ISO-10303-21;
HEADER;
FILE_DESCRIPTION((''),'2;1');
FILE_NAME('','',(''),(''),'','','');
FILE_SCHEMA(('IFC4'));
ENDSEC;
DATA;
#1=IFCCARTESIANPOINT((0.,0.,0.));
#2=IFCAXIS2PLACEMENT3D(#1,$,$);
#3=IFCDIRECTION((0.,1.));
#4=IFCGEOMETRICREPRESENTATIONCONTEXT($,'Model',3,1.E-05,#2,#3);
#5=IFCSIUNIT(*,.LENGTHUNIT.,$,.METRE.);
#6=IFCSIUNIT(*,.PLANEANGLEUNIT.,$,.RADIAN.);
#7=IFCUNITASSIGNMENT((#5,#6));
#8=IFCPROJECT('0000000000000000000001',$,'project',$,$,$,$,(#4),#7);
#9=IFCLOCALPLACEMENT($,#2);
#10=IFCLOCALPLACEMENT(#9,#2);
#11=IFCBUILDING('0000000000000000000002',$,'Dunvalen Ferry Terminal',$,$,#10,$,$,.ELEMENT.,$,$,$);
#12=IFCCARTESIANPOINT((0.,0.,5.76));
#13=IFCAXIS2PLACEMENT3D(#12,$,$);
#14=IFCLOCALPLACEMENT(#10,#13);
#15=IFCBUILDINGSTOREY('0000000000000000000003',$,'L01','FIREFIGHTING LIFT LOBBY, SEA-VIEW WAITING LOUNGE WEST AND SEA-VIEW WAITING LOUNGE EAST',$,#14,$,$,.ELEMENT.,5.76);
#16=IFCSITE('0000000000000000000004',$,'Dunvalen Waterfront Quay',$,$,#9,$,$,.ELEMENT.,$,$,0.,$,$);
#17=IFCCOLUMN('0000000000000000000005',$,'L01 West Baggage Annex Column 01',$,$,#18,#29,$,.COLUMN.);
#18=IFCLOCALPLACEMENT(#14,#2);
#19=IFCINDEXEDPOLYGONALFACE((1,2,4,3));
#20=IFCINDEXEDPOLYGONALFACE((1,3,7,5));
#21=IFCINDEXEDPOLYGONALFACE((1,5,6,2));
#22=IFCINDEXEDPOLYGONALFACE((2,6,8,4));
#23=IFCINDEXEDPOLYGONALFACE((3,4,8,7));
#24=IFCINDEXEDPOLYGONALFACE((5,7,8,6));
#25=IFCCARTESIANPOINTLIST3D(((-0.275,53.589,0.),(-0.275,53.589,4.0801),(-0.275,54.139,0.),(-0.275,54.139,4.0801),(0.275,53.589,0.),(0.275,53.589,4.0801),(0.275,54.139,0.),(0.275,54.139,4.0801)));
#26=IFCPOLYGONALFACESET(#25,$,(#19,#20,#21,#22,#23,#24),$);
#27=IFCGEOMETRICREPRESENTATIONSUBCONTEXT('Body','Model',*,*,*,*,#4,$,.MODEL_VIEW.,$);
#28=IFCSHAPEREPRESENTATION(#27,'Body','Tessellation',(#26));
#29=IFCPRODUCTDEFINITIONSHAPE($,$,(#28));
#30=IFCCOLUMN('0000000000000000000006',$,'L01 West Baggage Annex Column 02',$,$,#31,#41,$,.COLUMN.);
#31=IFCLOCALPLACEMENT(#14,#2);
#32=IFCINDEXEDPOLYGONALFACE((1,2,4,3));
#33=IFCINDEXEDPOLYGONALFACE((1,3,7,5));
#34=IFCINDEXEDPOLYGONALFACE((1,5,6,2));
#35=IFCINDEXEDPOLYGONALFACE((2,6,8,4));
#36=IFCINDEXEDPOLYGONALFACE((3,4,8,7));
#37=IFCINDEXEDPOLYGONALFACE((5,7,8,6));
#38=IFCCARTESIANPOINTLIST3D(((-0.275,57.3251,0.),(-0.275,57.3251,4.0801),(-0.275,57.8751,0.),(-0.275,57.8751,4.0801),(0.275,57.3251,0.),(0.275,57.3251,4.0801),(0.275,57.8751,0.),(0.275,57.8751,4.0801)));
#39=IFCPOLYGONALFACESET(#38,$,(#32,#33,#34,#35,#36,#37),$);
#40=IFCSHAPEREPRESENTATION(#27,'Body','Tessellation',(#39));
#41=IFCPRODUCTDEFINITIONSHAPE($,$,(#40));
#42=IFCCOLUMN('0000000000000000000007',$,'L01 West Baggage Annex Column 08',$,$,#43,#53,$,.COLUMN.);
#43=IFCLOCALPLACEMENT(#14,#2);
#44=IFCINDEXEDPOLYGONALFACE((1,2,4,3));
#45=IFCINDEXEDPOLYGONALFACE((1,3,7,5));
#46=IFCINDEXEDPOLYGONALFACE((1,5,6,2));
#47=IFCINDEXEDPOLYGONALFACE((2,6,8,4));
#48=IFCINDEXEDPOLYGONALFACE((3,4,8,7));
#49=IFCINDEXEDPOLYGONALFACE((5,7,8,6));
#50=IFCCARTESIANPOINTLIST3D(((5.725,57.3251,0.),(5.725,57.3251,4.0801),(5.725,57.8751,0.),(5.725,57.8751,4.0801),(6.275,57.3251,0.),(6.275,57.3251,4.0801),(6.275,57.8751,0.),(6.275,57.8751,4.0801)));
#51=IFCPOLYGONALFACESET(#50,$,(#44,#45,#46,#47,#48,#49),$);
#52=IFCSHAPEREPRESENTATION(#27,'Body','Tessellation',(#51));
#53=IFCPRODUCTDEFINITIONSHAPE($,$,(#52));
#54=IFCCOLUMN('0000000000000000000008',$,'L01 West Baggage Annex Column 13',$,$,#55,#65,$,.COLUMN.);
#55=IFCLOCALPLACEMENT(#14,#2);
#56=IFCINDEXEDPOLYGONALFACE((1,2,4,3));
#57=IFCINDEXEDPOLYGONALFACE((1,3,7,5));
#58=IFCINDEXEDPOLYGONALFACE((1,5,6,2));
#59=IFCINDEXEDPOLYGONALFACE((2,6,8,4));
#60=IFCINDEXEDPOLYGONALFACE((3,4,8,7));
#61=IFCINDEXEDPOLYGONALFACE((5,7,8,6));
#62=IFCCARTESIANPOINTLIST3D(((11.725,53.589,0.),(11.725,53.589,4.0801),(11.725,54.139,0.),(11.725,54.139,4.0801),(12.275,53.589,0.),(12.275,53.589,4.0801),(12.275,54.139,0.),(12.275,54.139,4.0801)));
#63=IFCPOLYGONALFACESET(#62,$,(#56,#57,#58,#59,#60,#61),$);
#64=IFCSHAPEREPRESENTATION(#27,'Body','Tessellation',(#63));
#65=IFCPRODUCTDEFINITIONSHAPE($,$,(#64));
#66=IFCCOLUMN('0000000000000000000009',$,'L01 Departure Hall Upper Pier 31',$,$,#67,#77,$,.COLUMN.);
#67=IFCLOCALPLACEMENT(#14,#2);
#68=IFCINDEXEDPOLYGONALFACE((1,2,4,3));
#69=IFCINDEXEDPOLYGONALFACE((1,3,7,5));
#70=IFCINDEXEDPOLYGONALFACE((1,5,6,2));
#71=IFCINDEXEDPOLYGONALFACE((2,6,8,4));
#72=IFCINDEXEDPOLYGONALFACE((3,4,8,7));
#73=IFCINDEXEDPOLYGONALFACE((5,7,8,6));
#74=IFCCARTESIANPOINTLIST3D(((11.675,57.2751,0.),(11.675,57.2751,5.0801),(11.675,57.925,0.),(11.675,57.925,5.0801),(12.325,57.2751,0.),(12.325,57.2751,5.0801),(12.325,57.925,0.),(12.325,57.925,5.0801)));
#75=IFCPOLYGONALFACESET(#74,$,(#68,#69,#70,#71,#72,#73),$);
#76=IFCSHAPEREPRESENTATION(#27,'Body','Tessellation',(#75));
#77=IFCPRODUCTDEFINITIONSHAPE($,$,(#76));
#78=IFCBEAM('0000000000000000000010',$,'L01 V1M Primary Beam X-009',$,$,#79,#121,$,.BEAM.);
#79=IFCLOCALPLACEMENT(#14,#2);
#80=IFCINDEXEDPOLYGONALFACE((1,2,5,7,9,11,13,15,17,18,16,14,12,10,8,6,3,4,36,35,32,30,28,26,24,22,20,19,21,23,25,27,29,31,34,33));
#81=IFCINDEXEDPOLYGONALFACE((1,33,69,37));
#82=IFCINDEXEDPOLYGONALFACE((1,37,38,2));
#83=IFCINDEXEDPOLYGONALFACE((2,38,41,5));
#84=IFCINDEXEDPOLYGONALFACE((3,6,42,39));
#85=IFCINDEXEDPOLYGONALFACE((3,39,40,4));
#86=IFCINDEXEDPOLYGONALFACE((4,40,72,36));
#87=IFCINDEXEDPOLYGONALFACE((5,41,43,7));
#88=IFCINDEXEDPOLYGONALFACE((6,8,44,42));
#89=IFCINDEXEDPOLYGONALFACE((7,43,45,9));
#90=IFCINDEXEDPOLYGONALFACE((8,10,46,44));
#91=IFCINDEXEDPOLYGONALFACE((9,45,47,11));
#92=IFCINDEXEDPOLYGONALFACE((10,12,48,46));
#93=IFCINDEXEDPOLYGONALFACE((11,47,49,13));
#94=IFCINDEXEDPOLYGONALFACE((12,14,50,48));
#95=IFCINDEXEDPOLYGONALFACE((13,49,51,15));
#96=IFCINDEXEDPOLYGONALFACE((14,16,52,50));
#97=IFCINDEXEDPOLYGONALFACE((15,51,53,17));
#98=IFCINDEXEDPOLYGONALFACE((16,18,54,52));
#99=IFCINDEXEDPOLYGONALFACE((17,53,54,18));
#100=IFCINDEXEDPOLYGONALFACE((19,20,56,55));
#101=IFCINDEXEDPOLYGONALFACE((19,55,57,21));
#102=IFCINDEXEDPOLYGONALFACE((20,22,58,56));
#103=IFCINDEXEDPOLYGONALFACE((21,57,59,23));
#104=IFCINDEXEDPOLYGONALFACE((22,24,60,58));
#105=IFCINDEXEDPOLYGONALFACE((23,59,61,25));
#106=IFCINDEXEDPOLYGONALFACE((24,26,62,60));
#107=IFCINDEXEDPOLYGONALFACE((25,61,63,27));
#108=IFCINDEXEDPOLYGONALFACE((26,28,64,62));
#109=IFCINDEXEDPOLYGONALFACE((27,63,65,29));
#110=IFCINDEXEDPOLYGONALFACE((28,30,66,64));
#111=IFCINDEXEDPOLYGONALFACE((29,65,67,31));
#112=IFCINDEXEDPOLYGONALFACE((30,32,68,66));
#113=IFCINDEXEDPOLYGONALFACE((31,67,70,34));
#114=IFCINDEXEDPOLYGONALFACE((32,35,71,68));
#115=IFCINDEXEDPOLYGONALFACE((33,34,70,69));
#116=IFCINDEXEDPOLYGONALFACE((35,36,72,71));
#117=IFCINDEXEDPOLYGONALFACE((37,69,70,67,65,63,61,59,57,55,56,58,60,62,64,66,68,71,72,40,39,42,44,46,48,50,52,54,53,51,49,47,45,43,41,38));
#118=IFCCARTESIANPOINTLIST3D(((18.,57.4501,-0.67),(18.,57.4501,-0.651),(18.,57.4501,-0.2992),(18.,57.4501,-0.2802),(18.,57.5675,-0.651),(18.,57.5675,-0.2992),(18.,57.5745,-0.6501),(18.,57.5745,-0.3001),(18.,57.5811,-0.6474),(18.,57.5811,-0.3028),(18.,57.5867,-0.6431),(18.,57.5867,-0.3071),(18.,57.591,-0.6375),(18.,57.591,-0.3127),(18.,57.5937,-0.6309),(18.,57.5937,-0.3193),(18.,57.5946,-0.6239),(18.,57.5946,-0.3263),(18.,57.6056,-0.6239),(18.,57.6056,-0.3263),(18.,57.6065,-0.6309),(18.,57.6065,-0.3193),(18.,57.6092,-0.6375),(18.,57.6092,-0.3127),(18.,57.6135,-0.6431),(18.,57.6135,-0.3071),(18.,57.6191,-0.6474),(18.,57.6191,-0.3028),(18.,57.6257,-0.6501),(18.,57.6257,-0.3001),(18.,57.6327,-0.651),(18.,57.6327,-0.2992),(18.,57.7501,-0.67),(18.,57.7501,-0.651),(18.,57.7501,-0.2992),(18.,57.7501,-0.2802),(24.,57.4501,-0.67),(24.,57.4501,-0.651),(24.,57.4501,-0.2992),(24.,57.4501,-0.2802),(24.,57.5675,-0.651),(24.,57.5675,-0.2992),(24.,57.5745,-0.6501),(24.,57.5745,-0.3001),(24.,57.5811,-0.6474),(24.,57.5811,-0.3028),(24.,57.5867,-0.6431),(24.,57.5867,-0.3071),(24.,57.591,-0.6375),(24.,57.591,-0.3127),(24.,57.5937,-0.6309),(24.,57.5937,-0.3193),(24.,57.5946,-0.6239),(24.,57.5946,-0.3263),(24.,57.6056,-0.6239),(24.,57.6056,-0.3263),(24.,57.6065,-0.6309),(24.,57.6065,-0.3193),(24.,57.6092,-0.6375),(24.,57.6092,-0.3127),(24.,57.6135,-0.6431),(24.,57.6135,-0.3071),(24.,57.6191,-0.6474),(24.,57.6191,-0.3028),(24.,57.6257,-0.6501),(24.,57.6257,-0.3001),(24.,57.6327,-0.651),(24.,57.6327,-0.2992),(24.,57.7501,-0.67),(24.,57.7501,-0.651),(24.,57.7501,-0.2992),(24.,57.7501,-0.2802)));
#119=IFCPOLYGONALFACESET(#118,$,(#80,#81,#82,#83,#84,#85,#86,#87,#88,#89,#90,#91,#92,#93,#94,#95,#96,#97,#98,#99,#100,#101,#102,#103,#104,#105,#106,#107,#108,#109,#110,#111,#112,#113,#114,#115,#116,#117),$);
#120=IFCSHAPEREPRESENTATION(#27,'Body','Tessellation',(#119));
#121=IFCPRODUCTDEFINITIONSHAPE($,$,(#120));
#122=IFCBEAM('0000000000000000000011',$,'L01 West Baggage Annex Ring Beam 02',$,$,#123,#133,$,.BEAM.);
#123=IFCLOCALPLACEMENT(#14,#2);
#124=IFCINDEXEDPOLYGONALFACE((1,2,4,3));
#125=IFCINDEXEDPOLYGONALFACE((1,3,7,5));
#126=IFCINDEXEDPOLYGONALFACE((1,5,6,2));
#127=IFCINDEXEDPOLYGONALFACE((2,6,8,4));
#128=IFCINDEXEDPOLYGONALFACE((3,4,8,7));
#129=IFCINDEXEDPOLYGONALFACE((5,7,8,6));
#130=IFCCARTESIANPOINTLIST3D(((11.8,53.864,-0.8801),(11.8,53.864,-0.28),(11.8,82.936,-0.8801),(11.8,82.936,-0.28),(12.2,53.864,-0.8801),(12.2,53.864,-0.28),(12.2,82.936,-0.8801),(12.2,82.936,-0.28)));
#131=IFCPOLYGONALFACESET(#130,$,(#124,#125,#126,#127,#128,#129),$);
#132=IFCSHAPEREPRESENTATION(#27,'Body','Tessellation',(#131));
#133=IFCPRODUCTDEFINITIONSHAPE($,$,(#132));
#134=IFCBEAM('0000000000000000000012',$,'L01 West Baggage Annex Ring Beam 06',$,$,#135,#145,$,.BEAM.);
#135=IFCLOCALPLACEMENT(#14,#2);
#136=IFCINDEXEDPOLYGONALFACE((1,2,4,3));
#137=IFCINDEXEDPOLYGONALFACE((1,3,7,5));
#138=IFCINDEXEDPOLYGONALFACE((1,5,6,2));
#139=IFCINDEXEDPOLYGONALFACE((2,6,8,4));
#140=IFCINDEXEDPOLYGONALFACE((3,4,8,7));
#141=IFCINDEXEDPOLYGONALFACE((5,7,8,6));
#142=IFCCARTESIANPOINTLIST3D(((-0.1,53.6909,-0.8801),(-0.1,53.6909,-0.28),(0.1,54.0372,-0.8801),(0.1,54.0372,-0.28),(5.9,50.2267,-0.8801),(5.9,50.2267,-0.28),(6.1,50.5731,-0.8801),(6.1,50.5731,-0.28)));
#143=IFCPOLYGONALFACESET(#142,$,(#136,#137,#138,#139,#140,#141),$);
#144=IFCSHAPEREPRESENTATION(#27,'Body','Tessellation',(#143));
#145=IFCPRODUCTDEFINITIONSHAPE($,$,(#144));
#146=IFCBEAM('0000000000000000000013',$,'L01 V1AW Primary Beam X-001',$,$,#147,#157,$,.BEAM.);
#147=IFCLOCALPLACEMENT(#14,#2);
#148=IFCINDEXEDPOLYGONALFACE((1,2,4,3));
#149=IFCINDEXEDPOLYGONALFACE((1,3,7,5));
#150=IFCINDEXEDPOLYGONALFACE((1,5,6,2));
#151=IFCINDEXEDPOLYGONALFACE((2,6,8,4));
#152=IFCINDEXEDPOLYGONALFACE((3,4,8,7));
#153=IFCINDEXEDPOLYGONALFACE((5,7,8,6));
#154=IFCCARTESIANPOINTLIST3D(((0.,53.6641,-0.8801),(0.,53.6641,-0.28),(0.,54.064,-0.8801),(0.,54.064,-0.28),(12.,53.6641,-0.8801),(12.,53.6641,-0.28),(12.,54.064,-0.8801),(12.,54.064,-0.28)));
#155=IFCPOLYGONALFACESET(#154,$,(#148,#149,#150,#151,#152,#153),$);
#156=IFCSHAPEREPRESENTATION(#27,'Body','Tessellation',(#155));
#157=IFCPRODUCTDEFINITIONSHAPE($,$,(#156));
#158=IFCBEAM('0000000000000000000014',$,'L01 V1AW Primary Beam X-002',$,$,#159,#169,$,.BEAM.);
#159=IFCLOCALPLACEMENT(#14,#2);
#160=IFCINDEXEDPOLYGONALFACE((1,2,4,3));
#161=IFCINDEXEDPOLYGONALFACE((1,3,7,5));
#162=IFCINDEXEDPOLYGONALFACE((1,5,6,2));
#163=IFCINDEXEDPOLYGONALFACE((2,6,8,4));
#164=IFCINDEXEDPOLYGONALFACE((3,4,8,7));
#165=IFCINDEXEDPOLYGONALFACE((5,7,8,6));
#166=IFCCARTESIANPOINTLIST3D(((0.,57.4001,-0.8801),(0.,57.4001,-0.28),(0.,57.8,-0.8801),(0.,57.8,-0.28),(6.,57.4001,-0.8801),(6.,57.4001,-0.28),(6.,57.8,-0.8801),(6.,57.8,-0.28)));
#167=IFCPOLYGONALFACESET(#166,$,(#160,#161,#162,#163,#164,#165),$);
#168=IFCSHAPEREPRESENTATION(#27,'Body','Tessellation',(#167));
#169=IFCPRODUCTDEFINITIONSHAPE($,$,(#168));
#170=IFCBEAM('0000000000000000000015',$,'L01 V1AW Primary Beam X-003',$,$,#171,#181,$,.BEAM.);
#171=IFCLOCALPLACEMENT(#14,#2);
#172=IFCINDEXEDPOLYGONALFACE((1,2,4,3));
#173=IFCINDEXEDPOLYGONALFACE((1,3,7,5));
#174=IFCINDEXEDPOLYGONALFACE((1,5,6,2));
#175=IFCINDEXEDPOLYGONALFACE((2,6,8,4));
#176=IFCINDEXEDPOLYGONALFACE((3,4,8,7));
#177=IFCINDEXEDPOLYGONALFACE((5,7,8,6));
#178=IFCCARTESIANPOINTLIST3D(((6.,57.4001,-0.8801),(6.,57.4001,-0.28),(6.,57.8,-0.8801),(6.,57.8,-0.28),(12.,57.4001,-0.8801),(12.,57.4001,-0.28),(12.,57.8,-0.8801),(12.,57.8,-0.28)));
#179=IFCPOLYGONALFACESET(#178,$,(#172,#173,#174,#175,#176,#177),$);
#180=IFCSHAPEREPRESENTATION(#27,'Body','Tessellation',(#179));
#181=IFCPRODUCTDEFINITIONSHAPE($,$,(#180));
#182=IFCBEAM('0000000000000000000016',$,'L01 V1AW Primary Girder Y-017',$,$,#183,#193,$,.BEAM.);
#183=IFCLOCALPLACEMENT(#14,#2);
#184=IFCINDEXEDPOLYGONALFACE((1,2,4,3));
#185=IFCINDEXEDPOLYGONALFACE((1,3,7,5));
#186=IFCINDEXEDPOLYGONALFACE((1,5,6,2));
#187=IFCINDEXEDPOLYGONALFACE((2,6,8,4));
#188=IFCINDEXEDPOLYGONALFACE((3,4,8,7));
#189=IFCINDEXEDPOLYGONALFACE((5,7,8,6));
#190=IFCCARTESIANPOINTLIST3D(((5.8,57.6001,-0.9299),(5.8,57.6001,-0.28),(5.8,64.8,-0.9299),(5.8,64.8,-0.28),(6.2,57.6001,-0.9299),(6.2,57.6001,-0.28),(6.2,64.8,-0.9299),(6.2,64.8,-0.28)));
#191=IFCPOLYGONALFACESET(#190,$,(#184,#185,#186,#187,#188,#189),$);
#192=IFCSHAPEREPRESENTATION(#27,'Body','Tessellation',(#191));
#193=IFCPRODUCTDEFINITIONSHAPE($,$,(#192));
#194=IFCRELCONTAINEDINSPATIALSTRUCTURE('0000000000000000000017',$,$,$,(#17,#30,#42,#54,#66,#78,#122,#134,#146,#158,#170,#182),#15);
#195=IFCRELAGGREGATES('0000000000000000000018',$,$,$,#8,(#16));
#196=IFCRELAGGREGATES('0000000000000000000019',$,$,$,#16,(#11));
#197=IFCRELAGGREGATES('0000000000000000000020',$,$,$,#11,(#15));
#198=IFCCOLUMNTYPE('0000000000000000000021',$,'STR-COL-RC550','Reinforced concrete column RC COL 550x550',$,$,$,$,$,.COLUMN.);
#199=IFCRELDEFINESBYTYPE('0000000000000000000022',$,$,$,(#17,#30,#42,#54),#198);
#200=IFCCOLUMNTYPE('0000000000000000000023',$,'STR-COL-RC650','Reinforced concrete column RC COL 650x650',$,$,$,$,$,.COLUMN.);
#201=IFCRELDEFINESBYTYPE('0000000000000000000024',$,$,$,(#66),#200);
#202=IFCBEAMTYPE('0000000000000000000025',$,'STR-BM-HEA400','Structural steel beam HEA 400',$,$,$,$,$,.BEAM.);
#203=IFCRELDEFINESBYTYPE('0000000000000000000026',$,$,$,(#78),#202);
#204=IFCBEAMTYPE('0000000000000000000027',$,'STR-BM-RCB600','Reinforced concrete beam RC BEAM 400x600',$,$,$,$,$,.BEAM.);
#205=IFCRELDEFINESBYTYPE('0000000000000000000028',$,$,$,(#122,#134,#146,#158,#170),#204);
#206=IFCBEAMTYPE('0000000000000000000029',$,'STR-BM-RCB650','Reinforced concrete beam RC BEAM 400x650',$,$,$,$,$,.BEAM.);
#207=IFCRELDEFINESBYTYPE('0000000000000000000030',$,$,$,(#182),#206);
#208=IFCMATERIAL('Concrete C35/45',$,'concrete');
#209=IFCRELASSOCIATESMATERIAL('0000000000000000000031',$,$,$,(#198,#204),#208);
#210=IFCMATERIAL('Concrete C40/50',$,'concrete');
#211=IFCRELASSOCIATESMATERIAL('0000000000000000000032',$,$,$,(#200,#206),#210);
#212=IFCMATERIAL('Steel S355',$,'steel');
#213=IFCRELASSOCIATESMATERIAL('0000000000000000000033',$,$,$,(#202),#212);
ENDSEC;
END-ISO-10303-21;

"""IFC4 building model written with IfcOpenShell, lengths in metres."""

from ifc_helpers import new_model, si_unit, direction, frame, origin, origin_2d, place, context, subcontext, project, spatial, rectangle, i_section, extrude, material, material_profile, profile_set, type_object, element, save


model = new_model("IFC4")

# Units and contexts
model_context = context("Model", 3, precision=1e-05, world=origin(), true_north=direction((0.0, 1.0)))
body_context = subcontext(model_context, "Body", "Model", "MODEL_VIEW")
ifc_project = project(units=[si_unit("LENGTHUNIT", "METRE"), si_unit("PLANEANGLEUNIT", "RADIAN")], contexts=[model_context])

# Site, building, storey
site_placement = place(None, origin())
site = spatial("IfcSite", under=ifc_project, at=site_placement, Name="Dunvalen Waterfront Quay", CompositionType="ELEMENT", RefElevation=0.0)
building_placement = place(site_placement, origin())
building = spatial("IfcBuilding", under=site, at=building_placement, Name="Dunvalen Ferry Terminal", CompositionType="ELEMENT")
storey_placement = place(building_placement, frame((0.0, 0.0, 5.76)))
storey = spatial("IfcBuildingStorey", under=building, at=storey_placement, Name="L01", Description="FIREFIGHTING LIFT LOBBY, SEA-VIEW WAITING LOUNGE WEST AND SEA-VIEW WAITING LOUNGE EAST", CompositionType="ELEMENT", Elevation=5.76)

# Columns
ifc_material_1 = material(Name="Concrete C35/45", Category="concrete")
ifc_material_profile_1 = material_profile(ifc_material_1, rectangle(XDim=0.55, YDim=0.55, at=origin_2d()), Name="Concrete C35/45")
ifc_profile_set_1 = profile_set([ifc_material_profile_1], Name="Concrete C35/45")
column_type_1 = type_object("IfcColumnType", Name="STR-COL-RC550", Description="Reinforced concrete column RC COL 550x550", PredefinedType="COLUMN", material=ifc_profile_set_1)
for number, where, z_axis, x_axis, name in (
    (1, (0.0, 53.864, 0.0), (0.0, 0.0, 1.0), (1.0, 0.0, 0.0), "L01 West Baggage Annex Column 01"),
    (2, (0.0, 57.6001, 0.0), (0.0, 0.0, 1.0), (1.0, 0.0, 0.0), "L01 West Baggage Annex Column 02"),
    (3, (6.0, 57.6001, 0.0), (0.0, 0.0, 1.0), (1.0, 0.0, 0.0), "L01 West Baggage Annex Column 08"),
    (4, (12.0, 53.864, 0.0), (0.0, 0.0, 1.0), (1.0, 0.0, 0.0), "L01 West Baggage Annex Column 13"),
):
    element("IfcColumn", number, at=place(storey_placement, frame(where, z_axis=z_axis, x_axis=x_axis)), inside=storey, type_object=column_type_1, Name=name, PredefinedType="COLUMN", context=body_context, shape_type="SweptSolid", body=[
        extrude(rectangle(XDim=0.55, YDim=0.55, at=origin_2d()), origin(), (0.0, 0.0, 1.0), 4.0801),
    ])
ifc_material_2 = material(Name="Concrete C40/50", Category="concrete")
ifc_material_profile_2 = material_profile(ifc_material_2, rectangle(XDim=0.6499, YDim=0.6499, at=origin_2d()), Name="Concrete C40/50")
ifc_profile_set_2 = profile_set([ifc_material_profile_2], Name="Concrete C40/50")
column_type_2 = type_object("IfcColumnType", Name="STR-COL-RC650", Description="Reinforced concrete column RC COL 650x650", PredefinedType="COLUMN", material=ifc_profile_set_2)
column_placement = place(storey_placement, frame((12.0, 57.6001, 0.0), z_axis=(0.0, 0.0, 1.0), x_axis=(1.0, 0.0, 0.0)))
element("IfcColumn", 5, at=column_placement, inside=storey, type_object=column_type_2, Name="L01 Departure Hall Upper Pier 31", PredefinedType="COLUMN", context=body_context, shape_type="SweptSolid", body=[
    extrude(rectangle(XDim=0.6499, YDim=0.6499, at=origin_2d()), origin(), (0.0, 0.0, 1.0), 5.0801),
])

# Beams
ifc_material_3 = material(Name="Steel S355", Category="steel")
ifc_material_profile_3 = material_profile(ifc_material_3, i_section(OverallWidth=0.3, OverallDepth=0.3899, WebThickness=0.011, FlangeThickness=0.019, FilletRadius=0.0271, at=origin_2d()), Name="Steel S355")
ifc_profile_set_3 = profile_set([ifc_material_profile_3], Name="Steel S355")
beam_type_1 = type_object("IfcBeamType", Name="STR-BM-HEA400", Description="Structural steel beam HEA 400", PredefinedType="BEAM", material=ifc_profile_set_3)
beam_1_placement = place(storey_placement, frame((18.0, 57.6001, -0.4751), z_axis=(1.0, 0.0, 0.0), x_axis=(0.0, 1.0, 0.0)))
element("IfcBeam", 6, at=beam_1_placement, inside=storey, type_object=beam_type_1, Name="L01 V1M Primary Beam X-009", PredefinedType="BEAM", context=body_context, shape_type="SweptSolid", body=[
    extrude(i_section(OverallWidth=0.3, OverallDepth=0.3899, WebThickness=0.011, FlangeThickness=0.019, FilletRadius=0.0271, at=origin_2d()), origin(), (0.0, 0.0, 1.0), 6.0),
])
ifc_material_profile_4 = material_profile(ifc_material_1, rectangle(XDim=0.3999, YDim=0.6001, at=origin_2d()), Name="Concrete C35/45")
ifc_profile_set_4 = profile_set([ifc_material_profile_4], Name="Concrete C35/45")
beam_type_2 = type_object("IfcBeamType", Name="STR-BM-RCB600", Description="Reinforced concrete beam RC BEAM 400x600", PredefinedType="BEAM", material=ifc_profile_set_4)
beam_2_placement = place(storey_placement, frame((12.0, 53.864, -0.5801), z_axis=(0.0, 1.0, 0.0), x_axis=(-1.0, 0.0, 0.0)))
element("IfcBeam", 7, at=beam_2_placement, inside=storey, type_object=beam_type_2, Name="L01 West Baggage Annex Ring Beam 02", PredefinedType="BEAM", context=body_context, shape_type="SweptSolid", body=[
    extrude(rectangle(XDim=0.3999, YDim=0.6001, at=origin_2d()), origin(), (0.0, 0.0, 1.0), 29.072),
])
beam_3_placement = place(storey_placement, frame((0.0, 53.864, -0.5801), z_axis=(0.866025, -0.500001, 0.0), x_axis=(0.500001, 0.866025, 0.0)))
element("IfcBeam", 8, at=beam_3_placement, inside=storey, type_object=beam_type_2, Name="L01 West Baggage Annex Ring Beam 06", PredefinedType="BEAM", context=body_context, shape_type="SweptSolid", body=[
    extrude(rectangle(XDim=0.3999, YDim=0.6001, at=origin_2d()), origin(), (0.0, 0.0, 1.0), 6.9282),
])
beam_4_placement = place(storey_placement, frame((0.0, 53.864, -0.5801), z_axis=(1.0, 0.0, 0.0), x_axis=(0.0, 1.0, 0.0)))
element("IfcBeam", 9, at=beam_4_placement, inside=storey, type_object=beam_type_2, Name="L01 V1AW Primary Beam X-001", PredefinedType="BEAM", context=body_context, shape_type="SweptSolid", body=[
    extrude(rectangle(XDim=0.3999, YDim=0.6001, at=origin_2d()), origin(), (0.0, 0.0, 1.0), 12.0),
])
for number, where, z_axis, x_axis, name in (
    (10, (0.0, 57.6001, -0.5801), (1.0, 0.0, 0.0), (0.0, 1.0, 0.0), "L01 V1AW Primary Beam X-002"),
    (11, (6.0, 57.6001, -0.5801), (1.0, 0.0, 0.0), (0.0, 1.0, 0.0), "L01 V1AW Primary Beam X-003"),
):
    element("IfcBeam", number, at=place(storey_placement, frame(where, z_axis=z_axis, x_axis=x_axis)), inside=storey, type_object=beam_type_2, Name=name, PredefinedType="BEAM", context=body_context, shape_type="SweptSolid", body=[
        extrude(rectangle(XDim=0.3999, YDim=0.6001, at=origin_2d()), origin(), (0.0, 0.0, 1.0), 6.0),
    ])
ifc_material_profile_5 = material_profile(ifc_material_2, rectangle(XDim=0.3999, YDim=0.6499, at=origin_2d()), Name="Concrete C40/50")
ifc_profile_set_5 = profile_set([ifc_material_profile_5], Name="Concrete C40/50")
beam_type_3 = type_object("IfcBeamType", Name="STR-BM-RCB650", Description="Reinforced concrete beam RC BEAM 400x650", PredefinedType="BEAM", material=ifc_profile_set_5)
beam_5_placement = place(storey_placement, frame((6.0, 57.6001, -0.605), z_axis=(0.0, 1.0, 0.0), x_axis=(-1.0, 0.0, 0.0)))
element("IfcBeam", 12, at=beam_5_placement, inside=storey, type_object=beam_type_3, Name="L01 V1AW Primary Girder Y-017", PredefinedType="BEAM", context=body_context, shape_type="SweptSolid", body=[
    extrude(rectangle(XDim=0.3999, YDim=0.6499, at=origin_2d()), origin(), (0.0, 0.0, 1.0), 7.2),
])

save(model, "model.ifc")
